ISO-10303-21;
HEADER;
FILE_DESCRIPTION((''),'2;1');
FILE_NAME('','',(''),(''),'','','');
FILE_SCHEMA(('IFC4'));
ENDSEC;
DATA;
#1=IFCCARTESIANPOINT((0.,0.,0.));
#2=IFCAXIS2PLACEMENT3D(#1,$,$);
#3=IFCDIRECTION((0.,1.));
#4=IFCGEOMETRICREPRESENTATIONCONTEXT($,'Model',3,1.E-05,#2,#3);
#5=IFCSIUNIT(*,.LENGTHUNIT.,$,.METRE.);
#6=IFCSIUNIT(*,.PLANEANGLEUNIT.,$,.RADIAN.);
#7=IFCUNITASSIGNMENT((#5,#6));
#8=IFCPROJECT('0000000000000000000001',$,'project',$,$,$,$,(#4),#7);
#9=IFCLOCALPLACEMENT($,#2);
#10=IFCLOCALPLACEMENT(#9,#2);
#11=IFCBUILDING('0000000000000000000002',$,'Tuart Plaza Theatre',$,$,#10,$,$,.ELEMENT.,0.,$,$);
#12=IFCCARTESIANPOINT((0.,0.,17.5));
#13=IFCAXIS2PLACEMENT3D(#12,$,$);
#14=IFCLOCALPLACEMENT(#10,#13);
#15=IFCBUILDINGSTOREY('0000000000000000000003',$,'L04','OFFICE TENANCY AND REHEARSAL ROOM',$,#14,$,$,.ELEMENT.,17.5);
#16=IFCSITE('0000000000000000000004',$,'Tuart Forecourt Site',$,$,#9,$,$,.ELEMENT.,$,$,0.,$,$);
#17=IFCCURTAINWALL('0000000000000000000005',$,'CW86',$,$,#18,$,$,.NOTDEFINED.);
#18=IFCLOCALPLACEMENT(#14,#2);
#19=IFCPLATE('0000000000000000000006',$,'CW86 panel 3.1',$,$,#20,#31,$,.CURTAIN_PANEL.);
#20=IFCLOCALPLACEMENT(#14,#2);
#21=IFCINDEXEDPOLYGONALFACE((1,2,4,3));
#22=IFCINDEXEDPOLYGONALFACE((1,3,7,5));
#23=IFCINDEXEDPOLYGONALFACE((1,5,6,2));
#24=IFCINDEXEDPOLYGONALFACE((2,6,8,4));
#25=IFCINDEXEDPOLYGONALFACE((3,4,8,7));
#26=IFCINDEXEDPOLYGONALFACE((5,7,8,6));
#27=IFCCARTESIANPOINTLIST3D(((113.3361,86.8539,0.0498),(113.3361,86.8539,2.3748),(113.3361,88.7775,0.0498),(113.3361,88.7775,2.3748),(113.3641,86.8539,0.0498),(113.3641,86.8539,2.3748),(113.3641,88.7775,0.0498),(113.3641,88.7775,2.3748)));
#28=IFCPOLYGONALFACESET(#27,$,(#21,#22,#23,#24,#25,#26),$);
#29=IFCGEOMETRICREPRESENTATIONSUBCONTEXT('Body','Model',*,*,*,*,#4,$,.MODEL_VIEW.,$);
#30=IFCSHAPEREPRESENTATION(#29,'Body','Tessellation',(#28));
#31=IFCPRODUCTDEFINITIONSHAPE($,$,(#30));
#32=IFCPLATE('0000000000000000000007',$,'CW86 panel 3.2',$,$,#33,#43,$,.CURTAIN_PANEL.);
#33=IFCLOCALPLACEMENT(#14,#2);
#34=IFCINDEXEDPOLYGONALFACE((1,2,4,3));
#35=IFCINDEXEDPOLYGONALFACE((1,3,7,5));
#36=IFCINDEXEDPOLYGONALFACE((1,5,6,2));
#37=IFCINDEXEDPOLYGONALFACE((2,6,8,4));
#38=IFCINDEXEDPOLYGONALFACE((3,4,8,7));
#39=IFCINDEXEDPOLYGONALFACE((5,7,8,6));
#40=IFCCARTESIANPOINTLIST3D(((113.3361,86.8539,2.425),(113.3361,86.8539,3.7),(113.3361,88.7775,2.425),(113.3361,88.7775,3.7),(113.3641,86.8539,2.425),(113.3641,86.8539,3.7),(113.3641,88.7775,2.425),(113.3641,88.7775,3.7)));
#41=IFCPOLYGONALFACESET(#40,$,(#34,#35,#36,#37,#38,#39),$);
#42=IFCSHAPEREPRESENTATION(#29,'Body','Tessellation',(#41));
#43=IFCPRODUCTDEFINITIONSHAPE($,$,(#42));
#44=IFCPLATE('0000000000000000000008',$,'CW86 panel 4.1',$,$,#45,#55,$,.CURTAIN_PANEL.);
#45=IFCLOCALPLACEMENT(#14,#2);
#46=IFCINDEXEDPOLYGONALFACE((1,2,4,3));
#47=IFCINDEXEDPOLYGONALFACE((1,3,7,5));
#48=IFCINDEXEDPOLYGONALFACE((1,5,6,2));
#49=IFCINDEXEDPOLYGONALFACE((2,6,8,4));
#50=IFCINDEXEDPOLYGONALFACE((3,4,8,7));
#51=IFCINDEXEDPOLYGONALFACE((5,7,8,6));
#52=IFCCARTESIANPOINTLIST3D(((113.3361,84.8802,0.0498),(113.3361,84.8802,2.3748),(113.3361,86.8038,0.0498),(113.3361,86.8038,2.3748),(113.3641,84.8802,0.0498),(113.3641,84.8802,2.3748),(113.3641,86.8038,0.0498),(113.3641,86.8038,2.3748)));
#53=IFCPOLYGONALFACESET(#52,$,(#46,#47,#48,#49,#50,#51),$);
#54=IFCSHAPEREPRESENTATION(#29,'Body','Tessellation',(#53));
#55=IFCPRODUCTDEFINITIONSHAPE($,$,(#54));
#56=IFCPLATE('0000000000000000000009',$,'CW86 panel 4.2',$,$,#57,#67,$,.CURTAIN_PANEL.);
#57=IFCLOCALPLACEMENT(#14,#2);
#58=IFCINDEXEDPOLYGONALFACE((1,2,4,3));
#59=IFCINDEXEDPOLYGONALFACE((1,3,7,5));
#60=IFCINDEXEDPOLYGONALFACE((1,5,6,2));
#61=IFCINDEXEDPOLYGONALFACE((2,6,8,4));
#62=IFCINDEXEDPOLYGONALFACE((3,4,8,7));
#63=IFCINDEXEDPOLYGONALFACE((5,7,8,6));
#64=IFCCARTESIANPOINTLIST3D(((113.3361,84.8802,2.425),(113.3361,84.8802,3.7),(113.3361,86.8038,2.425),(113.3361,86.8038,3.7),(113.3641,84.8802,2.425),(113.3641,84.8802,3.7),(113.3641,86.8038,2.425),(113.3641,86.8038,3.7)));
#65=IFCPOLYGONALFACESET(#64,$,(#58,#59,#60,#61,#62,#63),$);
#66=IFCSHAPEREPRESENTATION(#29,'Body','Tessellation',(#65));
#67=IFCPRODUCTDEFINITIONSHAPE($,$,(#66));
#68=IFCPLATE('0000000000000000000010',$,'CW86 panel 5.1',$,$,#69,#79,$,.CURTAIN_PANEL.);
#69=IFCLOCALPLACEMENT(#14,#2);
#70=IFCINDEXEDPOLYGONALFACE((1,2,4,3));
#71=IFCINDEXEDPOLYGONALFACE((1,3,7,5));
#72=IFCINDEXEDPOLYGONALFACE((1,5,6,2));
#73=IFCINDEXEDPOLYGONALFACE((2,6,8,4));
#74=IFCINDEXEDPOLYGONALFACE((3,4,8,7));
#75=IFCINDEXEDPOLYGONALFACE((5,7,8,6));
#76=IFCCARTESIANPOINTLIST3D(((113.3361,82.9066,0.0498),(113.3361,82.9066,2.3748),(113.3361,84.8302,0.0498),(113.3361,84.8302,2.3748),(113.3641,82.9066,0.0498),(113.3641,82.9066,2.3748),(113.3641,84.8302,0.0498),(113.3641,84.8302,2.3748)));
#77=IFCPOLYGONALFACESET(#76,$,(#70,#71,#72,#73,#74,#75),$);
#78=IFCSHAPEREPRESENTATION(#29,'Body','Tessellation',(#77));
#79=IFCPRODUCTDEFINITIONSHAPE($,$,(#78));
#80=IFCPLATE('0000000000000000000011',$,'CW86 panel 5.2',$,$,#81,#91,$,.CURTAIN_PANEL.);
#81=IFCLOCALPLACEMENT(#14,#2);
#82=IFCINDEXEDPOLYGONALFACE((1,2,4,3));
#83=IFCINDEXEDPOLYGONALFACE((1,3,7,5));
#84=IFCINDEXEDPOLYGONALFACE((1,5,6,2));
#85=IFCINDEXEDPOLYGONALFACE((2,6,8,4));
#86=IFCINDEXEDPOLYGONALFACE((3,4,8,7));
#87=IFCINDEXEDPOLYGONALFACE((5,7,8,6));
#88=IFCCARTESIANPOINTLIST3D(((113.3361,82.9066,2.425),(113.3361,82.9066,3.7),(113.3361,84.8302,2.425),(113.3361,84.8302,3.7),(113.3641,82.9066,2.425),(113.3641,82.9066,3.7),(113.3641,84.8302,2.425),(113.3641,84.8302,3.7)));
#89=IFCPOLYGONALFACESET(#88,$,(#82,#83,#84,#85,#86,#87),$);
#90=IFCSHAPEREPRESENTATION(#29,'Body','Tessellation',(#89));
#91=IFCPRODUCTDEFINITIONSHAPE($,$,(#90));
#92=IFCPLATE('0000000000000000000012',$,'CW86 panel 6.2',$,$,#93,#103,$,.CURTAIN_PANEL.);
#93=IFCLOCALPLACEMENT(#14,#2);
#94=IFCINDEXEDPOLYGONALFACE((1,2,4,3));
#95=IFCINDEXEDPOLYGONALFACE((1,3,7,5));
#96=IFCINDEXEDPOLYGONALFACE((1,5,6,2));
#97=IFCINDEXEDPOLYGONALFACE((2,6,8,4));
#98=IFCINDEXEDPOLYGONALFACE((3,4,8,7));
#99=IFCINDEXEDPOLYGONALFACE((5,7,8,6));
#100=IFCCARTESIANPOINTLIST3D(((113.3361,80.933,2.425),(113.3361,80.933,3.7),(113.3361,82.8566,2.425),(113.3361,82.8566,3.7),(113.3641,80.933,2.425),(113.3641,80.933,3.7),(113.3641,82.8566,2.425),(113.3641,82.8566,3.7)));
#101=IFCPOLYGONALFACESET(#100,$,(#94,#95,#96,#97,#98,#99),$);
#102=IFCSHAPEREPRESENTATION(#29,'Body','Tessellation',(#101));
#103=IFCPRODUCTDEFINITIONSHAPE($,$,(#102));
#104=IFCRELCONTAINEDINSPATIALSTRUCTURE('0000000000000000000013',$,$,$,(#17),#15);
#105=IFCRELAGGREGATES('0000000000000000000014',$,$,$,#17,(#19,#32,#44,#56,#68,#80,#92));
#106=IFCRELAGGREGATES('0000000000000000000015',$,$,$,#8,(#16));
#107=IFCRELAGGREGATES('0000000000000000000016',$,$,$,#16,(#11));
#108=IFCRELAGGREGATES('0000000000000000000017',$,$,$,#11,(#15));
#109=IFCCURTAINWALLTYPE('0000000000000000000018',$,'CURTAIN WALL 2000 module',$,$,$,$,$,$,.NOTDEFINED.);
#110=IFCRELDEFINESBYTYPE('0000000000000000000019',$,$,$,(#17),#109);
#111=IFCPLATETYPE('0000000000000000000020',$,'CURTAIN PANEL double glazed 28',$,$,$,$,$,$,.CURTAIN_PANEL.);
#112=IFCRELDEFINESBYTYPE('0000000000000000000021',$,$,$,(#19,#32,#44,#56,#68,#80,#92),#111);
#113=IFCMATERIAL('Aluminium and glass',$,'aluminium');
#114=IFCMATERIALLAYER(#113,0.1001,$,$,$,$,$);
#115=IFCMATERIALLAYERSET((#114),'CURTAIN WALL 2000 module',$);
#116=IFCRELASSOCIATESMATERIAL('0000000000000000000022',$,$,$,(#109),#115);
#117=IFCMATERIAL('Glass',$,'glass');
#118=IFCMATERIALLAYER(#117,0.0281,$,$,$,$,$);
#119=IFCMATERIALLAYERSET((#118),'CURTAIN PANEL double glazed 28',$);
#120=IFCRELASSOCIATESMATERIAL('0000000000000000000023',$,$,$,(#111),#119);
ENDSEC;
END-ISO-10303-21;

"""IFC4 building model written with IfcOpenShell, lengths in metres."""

from ifc_helpers import new_model, si_unit, direction, frame, origin, origin_2d, place, context, subcontext, project, spatial, rectangle, extrude, material, layer, layer_set, type_object, element, aggregate, save


model = new_model("IFC4")

# Units and contexts
model_context = context("Model", 3, precision=1e-05, world=origin(), true_north=direction((0.0, 1.0)))
body_context = subcontext(model_context, "Body", "Model", "MODEL_VIEW")
ifc_project = project(units=[si_unit("LENGTHUNIT", "METRE"), si_unit("PLANEANGLEUNIT", "RADIAN")], contexts=[model_context])

# Site, building, storey
site_placement = place(None, origin())
site = spatial("IfcSite", under=ifc_project, at=site_placement, Name="Tuart Forecourt Site", CompositionType="ELEMENT", RefElevation=0.0)
building_placement = place(site_placement, origin())
building = spatial("IfcBuilding", under=site, at=building_placement, Name="Tuart Plaza Theatre", CompositionType="ELEMENT", ElevationOfRefHeight=0.0)
storey_placement = place(building_placement, frame((0.0, 0.0, 17.5)))
storey = spatial("IfcBuildingStorey", under=building, at=storey_placement, Name="L04", Description="OFFICE TENANCY AND REHEARSAL ROOM", CompositionType="ELEMENT", Elevation=17.5)

# Curtain wall, plates
ifc_material_1 = material(Name="Aluminium and glass", Category="aluminium")
ifc_layer_1 = layer(ifc_material_1, 0.1001)
ifc_layer_set_1 = layer_set([ifc_layer_1], Name="CURTAIN WALL 2000 module")
curtain_wall_type = type_object("IfcCurtainWallType", Name="CURTAIN WALL 2000 module", PredefinedType="NOTDEFINED", material=ifc_layer_set_1)
curtain_wall_placement = place(storey_placement, origin())
curtain_wall = element("IfcCurtainWall", 1, at=curtain_wall_placement, inside=storey, type_object=curtain_wall_type, Name="CW86", PredefinedType="NOTDEFINED")
ifc_material_2 = material(Name="Glass", Category="glass")
ifc_layer_2 = layer(ifc_material_2, 0.0281)
ifc_layer_set_2 = layer_set([ifc_layer_2], Name="CURTAIN PANEL double glazed 28")
plate_type = type_object("IfcPlateType", Name="CURTAIN PANEL double glazed 28", PredefinedType="CURTAIN_PANEL", material=ifc_layer_set_2)
plate_1_placement = place(storey_placement, frame((113.3501, 87.8157, 0.0498), z_axis=(0.0, 0.0, 1.0), x_axis=(0.0, -1.0, 0.0)))
plate_1 = element("IfcPlate", 2, at=plate_1_placement, type_object=plate_type, Name="CW86 panel 3.1", PredefinedType="CURTAIN_PANEL", context=body_context, shape_type="SweptSolid", body=[
    extrude(rectangle(XDim=1.9236, YDim=0.0281, at=origin_2d()), origin(), (0.0, 0.0, 1.0), 2.325),
])
plate_2_placement = place(storey_placement, frame((113.3501, 87.8157, 2.425), z_axis=(0.0, 0.0, 1.0), x_axis=(0.0, -1.0, 0.0)))
plate_2 = element("IfcPlate", 3, at=plate_2_placement, type_object=plate_type, Name="CW86 panel 3.2", PredefinedType="CURTAIN_PANEL", context=body_context, shape_type="SweptSolid", body=[
    extrude(rectangle(XDim=1.9236, YDim=0.0281, at=origin_2d()), origin(), (0.0, 0.0, 1.0), 1.2749),
])
plate_3_placement = place(storey_placement, frame((113.3501, 85.842, 0.0498), z_axis=(0.0, 0.0, 1.0), x_axis=(0.0, -1.0, 0.0)))
plate_3 = element("IfcPlate", 4, at=plate_3_placement, type_object=plate_type, Name="CW86 panel 4.1", PredefinedType="CURTAIN_PANEL", context=body_context, shape_type="SweptSolid", body=[
    extrude(rectangle(XDim=1.9236, YDim=0.0281, at=origin_2d()), origin(), (0.0, 0.0, 1.0), 2.325),
])
plate_4_placement = place(storey_placement, frame((113.3501, 85.842, 2.425), z_axis=(0.0, 0.0, 1.0), x_axis=(0.0, -1.0, 0.0)))
plate_4 = element("IfcPlate", 5, at=plate_4_placement, type_object=plate_type, Name="CW86 panel 4.2", PredefinedType="CURTAIN_PANEL", context=body_context, shape_type="SweptSolid", body=[
    extrude(rectangle(XDim=1.9236, YDim=0.0281, at=origin_2d()), origin(), (0.0, 0.0, 1.0), 1.2749),
])
plate_5_placement = place(storey_placement, frame((113.3501, 83.8684, 0.0498), z_axis=(0.0, 0.0, 1.0), x_axis=(0.0, -1.0, 0.0)))
plate_5 = element("IfcPlate", 6, at=plate_5_placement, type_object=plate_type, Name="CW86 panel 5.1", PredefinedType="CURTAIN_PANEL", context=body_context, shape_type="SweptSolid", body=[
    extrude(rectangle(XDim=1.9236, YDim=0.0281, at=origin_2d()), origin(), (0.0, 0.0, 1.0), 2.325),
])
plate_6_placement = place(storey_placement, frame((113.3501, 83.8684, 2.425), z_axis=(0.0, 0.0, 1.0), x_axis=(0.0, -1.0, 0.0)))
plate_6 = element("IfcPlate", 7, at=plate_6_placement, type_object=plate_type, Name="CW86 panel 5.2", PredefinedType="CURTAIN_PANEL", context=body_context, shape_type="SweptSolid", body=[
    extrude(rectangle(XDim=1.9236, YDim=0.0281, at=origin_2d()), origin(), (0.0, 0.0, 1.0), 1.2749),
])
plate_7_placement = place(storey_placement, frame((113.3501, 81.8948, 2.425), z_axis=(0.0, 0.0, 1.0), x_axis=(0.0, -1.0, 0.0)))
plate_7 = element("IfcPlate", 8, at=plate_7_placement, type_object=plate_type, Name="CW86 panel 6.2", PredefinedType="CURTAIN_PANEL", context=body_context, shape_type="SweptSolid", body=[
    extrude(rectangle(XDim=1.9236, YDim=0.0281, at=origin_2d()), origin(), (0.0, 0.0, 1.0), 1.2749),
])
aggregate(curtain_wall, [plate_1, plate_2, plate_3, plate_4, plate_5, plate_6, plate_7])

save(model, "model.ifc")
